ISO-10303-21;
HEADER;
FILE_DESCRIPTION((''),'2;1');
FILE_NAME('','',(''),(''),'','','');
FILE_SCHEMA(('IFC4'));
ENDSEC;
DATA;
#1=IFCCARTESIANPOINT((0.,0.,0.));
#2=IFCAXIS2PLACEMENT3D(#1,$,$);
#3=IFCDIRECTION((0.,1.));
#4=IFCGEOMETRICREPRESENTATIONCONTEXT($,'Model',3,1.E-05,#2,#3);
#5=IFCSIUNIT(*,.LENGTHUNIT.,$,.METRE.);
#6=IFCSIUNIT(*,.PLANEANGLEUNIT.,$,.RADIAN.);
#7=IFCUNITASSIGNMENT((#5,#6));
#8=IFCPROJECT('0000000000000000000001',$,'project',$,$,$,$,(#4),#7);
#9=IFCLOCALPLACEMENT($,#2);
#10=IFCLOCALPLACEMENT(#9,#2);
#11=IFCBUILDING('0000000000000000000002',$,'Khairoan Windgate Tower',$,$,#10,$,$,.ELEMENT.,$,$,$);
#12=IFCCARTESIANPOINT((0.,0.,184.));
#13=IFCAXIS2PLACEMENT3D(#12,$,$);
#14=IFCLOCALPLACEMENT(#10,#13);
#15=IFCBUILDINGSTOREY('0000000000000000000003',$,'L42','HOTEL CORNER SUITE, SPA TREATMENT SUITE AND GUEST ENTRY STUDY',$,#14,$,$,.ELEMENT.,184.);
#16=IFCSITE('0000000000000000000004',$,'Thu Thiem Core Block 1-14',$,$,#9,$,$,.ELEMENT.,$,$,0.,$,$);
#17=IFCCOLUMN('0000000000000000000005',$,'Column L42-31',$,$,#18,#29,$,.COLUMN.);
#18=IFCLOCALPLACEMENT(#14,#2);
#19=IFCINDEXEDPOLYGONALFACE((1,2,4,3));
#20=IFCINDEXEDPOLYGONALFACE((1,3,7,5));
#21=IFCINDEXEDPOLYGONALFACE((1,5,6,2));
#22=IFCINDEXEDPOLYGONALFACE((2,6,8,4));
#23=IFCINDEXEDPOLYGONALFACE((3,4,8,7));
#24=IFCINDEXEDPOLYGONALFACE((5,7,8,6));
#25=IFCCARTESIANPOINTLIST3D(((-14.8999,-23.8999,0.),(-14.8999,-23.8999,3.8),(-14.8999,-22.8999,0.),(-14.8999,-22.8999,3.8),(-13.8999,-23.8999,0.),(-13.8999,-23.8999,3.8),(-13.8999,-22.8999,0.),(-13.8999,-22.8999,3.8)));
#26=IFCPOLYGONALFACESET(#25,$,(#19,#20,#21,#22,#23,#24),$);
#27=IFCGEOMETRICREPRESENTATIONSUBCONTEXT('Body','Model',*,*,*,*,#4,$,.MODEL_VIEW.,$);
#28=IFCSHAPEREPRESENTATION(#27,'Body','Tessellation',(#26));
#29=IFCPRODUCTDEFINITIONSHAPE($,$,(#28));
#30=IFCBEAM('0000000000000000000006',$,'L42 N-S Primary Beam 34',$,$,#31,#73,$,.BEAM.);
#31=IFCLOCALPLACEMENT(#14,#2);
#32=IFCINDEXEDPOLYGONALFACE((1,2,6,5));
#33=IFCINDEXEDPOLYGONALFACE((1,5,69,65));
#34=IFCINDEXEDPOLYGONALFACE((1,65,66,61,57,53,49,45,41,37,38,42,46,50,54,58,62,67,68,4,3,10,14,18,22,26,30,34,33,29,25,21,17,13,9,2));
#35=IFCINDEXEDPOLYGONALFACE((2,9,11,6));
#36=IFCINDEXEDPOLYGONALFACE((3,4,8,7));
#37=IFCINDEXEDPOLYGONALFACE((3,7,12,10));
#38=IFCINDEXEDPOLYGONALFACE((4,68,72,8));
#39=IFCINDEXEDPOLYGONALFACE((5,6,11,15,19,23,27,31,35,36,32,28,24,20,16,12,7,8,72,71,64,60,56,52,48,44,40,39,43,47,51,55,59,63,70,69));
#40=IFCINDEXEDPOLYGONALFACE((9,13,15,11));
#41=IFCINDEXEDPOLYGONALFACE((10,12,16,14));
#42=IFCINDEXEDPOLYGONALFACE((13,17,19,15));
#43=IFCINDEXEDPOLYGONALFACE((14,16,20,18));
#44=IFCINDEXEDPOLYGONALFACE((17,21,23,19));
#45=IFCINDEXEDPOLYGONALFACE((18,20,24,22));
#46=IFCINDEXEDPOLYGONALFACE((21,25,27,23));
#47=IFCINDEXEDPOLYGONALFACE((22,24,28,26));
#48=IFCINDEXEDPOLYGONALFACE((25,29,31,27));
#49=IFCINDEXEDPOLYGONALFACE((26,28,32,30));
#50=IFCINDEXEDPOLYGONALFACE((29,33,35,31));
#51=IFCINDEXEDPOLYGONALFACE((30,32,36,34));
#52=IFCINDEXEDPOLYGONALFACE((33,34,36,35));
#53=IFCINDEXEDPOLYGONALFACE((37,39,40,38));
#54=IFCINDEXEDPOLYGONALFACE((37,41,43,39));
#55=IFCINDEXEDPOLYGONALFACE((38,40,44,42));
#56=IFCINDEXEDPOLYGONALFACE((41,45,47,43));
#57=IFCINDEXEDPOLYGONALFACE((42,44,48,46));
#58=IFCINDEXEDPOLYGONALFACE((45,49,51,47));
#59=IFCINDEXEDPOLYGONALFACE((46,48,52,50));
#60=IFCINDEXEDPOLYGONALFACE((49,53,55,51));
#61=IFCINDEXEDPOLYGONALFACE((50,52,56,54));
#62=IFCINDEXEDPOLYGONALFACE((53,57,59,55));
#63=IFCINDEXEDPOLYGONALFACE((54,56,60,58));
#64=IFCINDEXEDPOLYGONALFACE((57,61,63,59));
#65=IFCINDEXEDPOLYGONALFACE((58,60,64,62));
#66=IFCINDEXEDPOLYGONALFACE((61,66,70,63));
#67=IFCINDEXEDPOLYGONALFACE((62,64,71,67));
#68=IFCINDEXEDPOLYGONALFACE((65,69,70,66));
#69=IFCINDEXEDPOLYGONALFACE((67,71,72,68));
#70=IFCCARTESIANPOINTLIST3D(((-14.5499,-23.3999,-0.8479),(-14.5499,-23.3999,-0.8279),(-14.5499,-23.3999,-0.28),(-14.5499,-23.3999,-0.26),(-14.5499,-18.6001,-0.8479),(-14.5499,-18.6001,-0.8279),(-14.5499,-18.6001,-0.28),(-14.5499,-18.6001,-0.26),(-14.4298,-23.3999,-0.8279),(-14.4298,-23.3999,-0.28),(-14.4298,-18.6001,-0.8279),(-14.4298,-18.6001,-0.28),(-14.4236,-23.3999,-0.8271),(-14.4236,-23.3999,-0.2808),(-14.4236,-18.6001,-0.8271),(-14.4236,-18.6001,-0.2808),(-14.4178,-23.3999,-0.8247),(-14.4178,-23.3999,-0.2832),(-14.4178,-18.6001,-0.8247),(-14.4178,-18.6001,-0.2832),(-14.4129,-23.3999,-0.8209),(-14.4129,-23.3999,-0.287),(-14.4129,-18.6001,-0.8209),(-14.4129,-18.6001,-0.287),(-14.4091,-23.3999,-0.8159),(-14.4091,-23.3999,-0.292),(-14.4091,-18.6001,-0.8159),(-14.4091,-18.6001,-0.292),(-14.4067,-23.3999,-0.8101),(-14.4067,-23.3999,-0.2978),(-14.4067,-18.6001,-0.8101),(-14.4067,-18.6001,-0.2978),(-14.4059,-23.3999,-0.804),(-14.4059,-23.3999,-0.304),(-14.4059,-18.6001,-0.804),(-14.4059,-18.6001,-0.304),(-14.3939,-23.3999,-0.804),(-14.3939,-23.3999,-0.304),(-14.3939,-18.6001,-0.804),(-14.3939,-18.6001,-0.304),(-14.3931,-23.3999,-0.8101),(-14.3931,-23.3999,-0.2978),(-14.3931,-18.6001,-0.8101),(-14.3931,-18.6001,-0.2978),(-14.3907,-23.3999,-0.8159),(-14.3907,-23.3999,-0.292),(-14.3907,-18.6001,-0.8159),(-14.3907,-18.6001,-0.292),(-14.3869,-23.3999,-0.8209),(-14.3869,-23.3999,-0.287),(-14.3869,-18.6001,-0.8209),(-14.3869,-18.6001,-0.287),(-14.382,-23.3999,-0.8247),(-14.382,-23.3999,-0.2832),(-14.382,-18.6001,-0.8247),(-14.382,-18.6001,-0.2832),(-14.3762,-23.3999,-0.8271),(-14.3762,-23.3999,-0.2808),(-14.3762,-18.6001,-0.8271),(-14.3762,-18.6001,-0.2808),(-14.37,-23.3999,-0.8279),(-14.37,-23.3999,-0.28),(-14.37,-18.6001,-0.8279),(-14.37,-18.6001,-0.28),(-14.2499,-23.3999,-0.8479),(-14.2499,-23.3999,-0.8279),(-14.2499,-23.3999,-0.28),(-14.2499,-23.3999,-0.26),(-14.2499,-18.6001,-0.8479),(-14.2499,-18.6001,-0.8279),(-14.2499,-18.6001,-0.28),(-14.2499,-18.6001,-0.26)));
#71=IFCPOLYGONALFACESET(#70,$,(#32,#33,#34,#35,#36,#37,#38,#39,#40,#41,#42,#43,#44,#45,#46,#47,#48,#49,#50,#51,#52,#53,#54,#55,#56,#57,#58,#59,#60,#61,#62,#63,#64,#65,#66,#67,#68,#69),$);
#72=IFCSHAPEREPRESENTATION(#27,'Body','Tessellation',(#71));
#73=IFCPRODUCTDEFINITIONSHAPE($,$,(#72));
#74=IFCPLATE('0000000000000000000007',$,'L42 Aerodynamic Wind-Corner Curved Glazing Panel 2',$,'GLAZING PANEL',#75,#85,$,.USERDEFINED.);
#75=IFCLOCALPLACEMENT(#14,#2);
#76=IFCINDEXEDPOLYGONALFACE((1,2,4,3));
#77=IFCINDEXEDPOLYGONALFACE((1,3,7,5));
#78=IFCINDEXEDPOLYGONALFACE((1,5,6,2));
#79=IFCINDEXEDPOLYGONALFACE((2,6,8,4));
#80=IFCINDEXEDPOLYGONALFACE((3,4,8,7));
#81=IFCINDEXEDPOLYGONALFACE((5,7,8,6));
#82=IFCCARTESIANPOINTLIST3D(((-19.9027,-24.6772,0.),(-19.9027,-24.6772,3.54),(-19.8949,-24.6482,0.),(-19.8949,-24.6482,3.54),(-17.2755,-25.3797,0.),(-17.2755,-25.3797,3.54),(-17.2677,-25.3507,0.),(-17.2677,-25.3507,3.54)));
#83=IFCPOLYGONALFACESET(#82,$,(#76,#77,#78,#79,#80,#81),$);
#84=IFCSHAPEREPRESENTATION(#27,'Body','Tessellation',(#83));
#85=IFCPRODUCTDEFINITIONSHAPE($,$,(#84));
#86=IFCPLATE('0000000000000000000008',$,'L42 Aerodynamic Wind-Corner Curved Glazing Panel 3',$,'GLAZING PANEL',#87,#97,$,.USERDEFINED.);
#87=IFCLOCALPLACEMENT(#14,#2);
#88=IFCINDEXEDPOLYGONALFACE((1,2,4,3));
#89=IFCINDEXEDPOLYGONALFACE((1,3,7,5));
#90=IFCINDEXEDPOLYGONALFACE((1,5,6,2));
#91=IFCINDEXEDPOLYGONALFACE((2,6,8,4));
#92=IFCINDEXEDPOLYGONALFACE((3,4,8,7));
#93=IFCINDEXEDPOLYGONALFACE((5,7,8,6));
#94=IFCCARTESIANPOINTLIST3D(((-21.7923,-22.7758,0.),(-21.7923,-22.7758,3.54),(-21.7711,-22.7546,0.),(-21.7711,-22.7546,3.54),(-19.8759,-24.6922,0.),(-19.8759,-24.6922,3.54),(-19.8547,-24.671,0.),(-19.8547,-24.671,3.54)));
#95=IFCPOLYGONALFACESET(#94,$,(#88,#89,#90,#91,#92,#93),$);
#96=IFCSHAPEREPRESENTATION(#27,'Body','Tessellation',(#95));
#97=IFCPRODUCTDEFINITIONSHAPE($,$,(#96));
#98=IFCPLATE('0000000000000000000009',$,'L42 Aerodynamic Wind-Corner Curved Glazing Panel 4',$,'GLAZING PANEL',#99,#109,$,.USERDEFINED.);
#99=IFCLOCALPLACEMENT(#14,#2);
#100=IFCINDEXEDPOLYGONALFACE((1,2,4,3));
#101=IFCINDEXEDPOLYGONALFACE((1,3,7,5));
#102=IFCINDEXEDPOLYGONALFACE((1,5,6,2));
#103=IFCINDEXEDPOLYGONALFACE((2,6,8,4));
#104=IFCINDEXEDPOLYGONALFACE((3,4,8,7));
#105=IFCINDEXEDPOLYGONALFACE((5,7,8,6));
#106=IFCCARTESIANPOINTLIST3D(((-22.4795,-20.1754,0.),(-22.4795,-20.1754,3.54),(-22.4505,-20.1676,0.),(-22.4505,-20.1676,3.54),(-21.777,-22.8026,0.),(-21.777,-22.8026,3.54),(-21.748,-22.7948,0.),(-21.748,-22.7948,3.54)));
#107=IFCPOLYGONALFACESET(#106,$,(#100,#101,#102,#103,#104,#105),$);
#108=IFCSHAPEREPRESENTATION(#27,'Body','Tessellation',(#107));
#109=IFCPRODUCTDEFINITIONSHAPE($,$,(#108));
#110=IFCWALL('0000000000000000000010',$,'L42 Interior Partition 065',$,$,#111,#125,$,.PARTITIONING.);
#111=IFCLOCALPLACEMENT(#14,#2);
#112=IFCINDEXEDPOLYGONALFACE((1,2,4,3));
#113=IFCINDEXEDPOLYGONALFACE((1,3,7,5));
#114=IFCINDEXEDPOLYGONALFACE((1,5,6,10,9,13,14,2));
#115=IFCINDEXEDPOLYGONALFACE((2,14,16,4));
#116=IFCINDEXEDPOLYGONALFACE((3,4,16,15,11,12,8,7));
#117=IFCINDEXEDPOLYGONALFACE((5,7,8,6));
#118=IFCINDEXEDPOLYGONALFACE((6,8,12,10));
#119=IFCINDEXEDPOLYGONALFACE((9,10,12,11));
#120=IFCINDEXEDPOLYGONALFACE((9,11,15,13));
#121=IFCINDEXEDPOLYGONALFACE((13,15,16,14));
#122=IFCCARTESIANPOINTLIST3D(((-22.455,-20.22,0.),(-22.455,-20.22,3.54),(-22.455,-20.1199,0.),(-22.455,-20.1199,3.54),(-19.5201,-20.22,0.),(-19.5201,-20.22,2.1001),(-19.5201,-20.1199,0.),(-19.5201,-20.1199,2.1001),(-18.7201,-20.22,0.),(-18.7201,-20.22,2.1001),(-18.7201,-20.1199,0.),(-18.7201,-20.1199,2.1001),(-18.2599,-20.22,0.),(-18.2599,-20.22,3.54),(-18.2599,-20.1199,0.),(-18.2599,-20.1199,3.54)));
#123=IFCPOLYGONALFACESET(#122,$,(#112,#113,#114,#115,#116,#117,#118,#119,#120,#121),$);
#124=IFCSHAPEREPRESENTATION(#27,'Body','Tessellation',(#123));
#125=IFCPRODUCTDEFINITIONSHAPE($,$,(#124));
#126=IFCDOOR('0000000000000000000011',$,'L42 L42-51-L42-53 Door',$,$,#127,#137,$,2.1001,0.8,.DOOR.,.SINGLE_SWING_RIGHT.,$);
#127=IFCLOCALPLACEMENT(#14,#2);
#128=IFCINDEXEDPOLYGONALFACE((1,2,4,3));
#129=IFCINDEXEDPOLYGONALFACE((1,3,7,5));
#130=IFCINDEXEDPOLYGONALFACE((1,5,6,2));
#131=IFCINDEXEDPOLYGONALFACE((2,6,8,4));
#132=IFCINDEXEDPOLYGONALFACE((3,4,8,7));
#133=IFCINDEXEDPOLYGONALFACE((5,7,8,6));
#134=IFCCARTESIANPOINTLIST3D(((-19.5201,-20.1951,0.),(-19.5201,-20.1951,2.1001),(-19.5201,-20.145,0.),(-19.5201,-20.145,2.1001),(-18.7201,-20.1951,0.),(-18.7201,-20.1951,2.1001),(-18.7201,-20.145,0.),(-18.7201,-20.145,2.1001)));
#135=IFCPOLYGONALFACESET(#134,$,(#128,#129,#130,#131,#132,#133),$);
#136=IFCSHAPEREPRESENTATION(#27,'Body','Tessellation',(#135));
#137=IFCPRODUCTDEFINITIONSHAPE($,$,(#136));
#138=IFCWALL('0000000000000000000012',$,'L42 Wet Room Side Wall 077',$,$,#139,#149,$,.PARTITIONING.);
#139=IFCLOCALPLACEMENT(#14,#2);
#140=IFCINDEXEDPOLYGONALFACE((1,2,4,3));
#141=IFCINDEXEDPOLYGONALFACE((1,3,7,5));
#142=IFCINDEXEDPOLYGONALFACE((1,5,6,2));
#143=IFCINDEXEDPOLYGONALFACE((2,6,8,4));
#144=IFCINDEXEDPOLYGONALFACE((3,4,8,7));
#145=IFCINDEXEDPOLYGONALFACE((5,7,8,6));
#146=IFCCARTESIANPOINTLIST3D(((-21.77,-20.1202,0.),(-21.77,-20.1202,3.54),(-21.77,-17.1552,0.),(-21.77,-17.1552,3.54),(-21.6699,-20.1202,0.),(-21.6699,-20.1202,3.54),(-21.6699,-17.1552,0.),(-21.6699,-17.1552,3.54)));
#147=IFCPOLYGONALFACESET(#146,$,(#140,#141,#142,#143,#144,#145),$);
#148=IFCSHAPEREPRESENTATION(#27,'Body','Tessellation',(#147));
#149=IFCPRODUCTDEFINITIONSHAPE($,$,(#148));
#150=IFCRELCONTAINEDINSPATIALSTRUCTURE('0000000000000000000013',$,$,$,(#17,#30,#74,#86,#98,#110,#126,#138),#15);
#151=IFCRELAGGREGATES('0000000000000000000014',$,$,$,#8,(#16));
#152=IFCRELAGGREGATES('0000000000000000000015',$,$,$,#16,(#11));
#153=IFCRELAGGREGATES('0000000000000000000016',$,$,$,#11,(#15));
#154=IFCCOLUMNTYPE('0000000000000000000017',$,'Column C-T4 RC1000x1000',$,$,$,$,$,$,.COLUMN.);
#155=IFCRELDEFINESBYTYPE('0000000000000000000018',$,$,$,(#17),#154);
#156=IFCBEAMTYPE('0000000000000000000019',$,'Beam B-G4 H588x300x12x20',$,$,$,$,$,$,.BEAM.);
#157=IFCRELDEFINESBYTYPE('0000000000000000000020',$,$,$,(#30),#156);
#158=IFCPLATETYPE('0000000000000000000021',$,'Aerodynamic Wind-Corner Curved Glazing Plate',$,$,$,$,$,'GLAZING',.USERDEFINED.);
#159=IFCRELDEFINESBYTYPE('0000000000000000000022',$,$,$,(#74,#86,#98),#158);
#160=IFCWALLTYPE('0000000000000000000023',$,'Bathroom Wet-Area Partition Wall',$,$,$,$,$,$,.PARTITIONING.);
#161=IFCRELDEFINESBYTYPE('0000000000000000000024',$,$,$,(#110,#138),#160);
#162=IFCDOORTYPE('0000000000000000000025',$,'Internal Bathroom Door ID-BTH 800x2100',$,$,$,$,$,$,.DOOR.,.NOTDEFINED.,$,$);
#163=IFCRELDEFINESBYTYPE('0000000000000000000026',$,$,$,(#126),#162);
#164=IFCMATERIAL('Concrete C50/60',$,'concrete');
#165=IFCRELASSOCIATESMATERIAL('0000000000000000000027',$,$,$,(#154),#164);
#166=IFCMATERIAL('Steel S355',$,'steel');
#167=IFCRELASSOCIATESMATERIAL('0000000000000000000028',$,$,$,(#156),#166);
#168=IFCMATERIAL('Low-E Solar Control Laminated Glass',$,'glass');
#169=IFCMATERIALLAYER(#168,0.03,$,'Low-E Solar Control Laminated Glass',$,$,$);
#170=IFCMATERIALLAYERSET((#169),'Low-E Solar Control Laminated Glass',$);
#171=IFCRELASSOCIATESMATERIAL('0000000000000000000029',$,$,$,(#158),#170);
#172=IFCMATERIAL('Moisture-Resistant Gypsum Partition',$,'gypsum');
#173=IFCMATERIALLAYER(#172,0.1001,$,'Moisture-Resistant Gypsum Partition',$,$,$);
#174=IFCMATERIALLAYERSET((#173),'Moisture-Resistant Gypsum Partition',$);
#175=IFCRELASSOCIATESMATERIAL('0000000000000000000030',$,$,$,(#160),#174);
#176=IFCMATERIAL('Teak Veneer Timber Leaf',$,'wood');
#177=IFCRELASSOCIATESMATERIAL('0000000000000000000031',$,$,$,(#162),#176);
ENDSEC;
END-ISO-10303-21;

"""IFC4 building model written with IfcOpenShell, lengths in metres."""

from ifc_helpers import new_model, si_unit, direction, frame, frame_2d, origin, origin_2d, place, context, subcontext, project, spatial, rectangle, i_section, extrude, material, layer, layer_set, material_profile, profile_set, type_object, element, fill, save


model = new_model("IFC4")

# Units and contexts
model_context = context("Model", 3, precision=1e-05, world=origin(), true_north=direction((0.0, 1.0)))
body_context = subcontext(model_context, "Body", "Model", "MODEL_VIEW")
ifc_project = project(units=[si_unit("LENGTHUNIT", "METRE"), si_unit("PLANEANGLEUNIT", "RADIAN")], contexts=[model_context])

# Site, building, storey
site_placement = place(None, origin())
site = spatial("IfcSite", under=ifc_project, at=site_placement, Name="Thu Thiem Core Block 1-14", CompositionType="ELEMENT", RefElevation=0.0)
building_placement = place(site_placement, origin())
building = spatial("IfcBuilding", under=site, at=building_placement, Name="Khairoan Windgate Tower", CompositionType="ELEMENT")
storey_placement = place(building_placement, frame((0.0, 0.0, 184.0)))
storey = spatial("IfcBuildingStorey", under=building, at=storey_placement, Name="L42", Description="HOTEL CORNER SUITE, SPA TREATMENT SUITE AND GUEST ENTRY STUDY", CompositionType="ELEMENT", Elevation=184.0)

# Column
ifc_material_1 = material(Name="Concrete C50/60", Category="concrete")
ifc_material_profile_1 = material_profile(ifc_material_1, rectangle(XDim=1.0, YDim=1.0, at=origin_2d()))
ifc_profile_set_1 = profile_set([ifc_material_profile_1], Name="Concrete C50/60")
column_type = type_object("IfcColumnType", Name="Column C-T4 RC1000x1000", PredefinedType="COLUMN", material=ifc_profile_set_1)
column_placement = place(storey_placement, frame((-14.3999, -23.3999, 0.0), z_axis=(0.0, 0.0, 1.0), x_axis=(1.0, 0.0, 0.0)))
element("IfcColumn", 1, at=column_placement, inside=storey, type_object=column_type, Name="Column L42-31", PredefinedType="COLUMN", context=body_context, shape_type="SweptSolid", body=[
    extrude(rectangle(XDim=1.0, YDim=1.0, at=origin_2d()), origin(), (0.0, 0.0, 1.0), 3.8),
])

# Beam
ifc_material_2 = material(Name="Steel S355", Category="steel")
ifc_material_profile_2 = material_profile(ifc_material_2, i_section(OverallWidth=0.3, OverallDepth=0.5879, WebThickness=0.012, FlangeThickness=0.02, FilletRadius=0.0239, at=origin_2d()))
ifc_profile_set_2 = profile_set([ifc_material_profile_2], Name="Steel S355")
beam_type = type_object("IfcBeamType", Name="Beam B-G4 H588x300x12x20", PredefinedType="BEAM", material=ifc_profile_set_2)
beam_placement = place(storey_placement, frame((-14.3999, -23.3999, -0.554), z_axis=(0.0, 1.0, 0.0), x_axis=(-1.0, 0.0, 0.0)))
element("IfcBeam", 2, at=beam_placement, inside=storey, type_object=beam_type, Name="L42 N-S Primary Beam 34", PredefinedType="BEAM", context=body_context, shape_type="SweptSolid", body=[
    extrude(i_section(OverallWidth=0.3, OverallDepth=0.5879, WebThickness=0.012, FlangeThickness=0.02, FilletRadius=0.0239, at=origin_2d()), origin(), (0.0, 0.0, 1.0), 4.7998),
])

# Plates
ifc_material_3 = material(Name="Low-E Solar Control Laminated Glass", Category="glass")
ifc_layer_1 = layer(ifc_material_3, 0.03, Name="Low-E Solar Control Laminated Glass")
ifc_layer_set_1 = layer_set([ifc_layer_1], Name="Low-E Solar Control Laminated Glass")
plate_type_1 = type_object("IfcPlateType", Name="Aerodynamic Wind-Corner Curved Glazing Plate", ElementType="GLAZING", PredefinedType="USERDEFINED", material=ifc_layer_set_1)
plate_1_placement = place(storey_placement, frame((-18.5852, -25.0139, 0.0), z_axis=(0.0, 0.0, 1.0), x_axis=(-0.966061, 0.258313, 0.0)))
element("IfcPlate", 3, at=plate_1_placement, inside=storey, type_object=plate_type_1, Name="L42 Aerodynamic Wind-Corner Curved Glazing Panel 2", ObjectType="GLAZING PANEL", PredefinedType="USERDEFINED", context=body_context, shape_type="SweptSolid", body=[
    extrude(rectangle(XDim=2.7195, YDim=0.03, at=origin_2d()), origin(), (0.0, 0.0, 1.0), 3.54),
])
plate_2_placement = place(storey_placement, frame((-20.8235, -23.7234, 0.0), z_axis=(0.0, 0.0, 1.0), x_axis=(-0.707107, 0.707107, 0.0)))
element("IfcPlate", 4, at=plate_2_placement, inside=storey, type_object=plate_type_1, Name="L42 Aerodynamic Wind-Corner Curved Glazing Panel 3", ObjectType="GLAZING PANEL", PredefinedType="USERDEFINED", context=body_context, shape_type="SweptSolid", body=[
    extrude(rectangle(XDim=2.7102, YDim=0.03, at=origin_2d()), origin(), (0.0, 0.0, 1.0), 3.54),
])
plate_3_placement = place(storey_placement, frame((-22.1138, -21.4851, 0.0), z_axis=(0.0, 0.0, 1.0), x_axis=(-0.258313, 0.966061, 0.0)))
element("IfcPlate", 5, at=plate_3_placement, inside=storey, type_object=plate_type_1, Name="L42 Aerodynamic Wind-Corner Curved Glazing Panel 4", ObjectType="GLAZING PANEL", PredefinedType="USERDEFINED", context=body_context, shape_type="SweptSolid", body=[
    extrude(rectangle(XDim=2.7195, YDim=0.03, at=origin_2d()), origin(), (0.0, 0.0, 1.0), 3.54),
])

# Wall, opening, door
ifc_material_4 = material(Name="Moisture-Resistant Gypsum Partition", Category="gypsum")
ifc_layer_2 = layer(ifc_material_4, 0.1001, Name="Moisture-Resistant Gypsum Partition")
ifc_layer_set_2 = layer_set([ifc_layer_2], Name="Moisture-Resistant Gypsum Partition")
wall_type_1 = type_object("IfcWallType", Name="Bathroom Wet-Area Partition Wall", PredefinedType="PARTITIONING", material=ifc_layer_set_2)
wall_1_placement = place(storey_placement, frame((-22.4551, -20.1699, 0.0), z_axis=(0.0, 0.0, 1.0), x_axis=(1.0, 0.0, 0.0)))
wall_1 = element("IfcWall", 6, at=wall_1_placement, inside=storey, type_object=wall_type_1, Name="L42 Interior Partition 065", PredefinedType="PARTITIONING", context=body_context, shape_type="SweptSolid", body=[
    extrude(rectangle(XDim=4.1951, YDim=0.1001, at=frame_2d((2.0977, 0.0))), origin(), (0.0, 0.0, 1.0), 3.54),
])
opening_1_placement = place(wall_1_placement, frame((2.9351, 0.0, 0.0)))
opening_1 = element("IfcOpeningElement", 7, at=opening_1_placement, cuts=wall_1, PredefinedType="OPENING", context=body_context, shape_type="SweptSolid", body=[
    extrude(rectangle(XDim=0.8, YDim=2.1001, at=frame_2d((0.3999, 1.05))), frame((0.0, 0.0601, 0.0), z_axis=(0.0, -1.0, 0.0), x_axis=(1.0, 0.0, 0.0)), (0.0, 0.0, 1.0), 0.1201),
])
ifc_material_5 = material(Name="Teak Veneer Timber Leaf", Category="wood")
door_type_1 = type_object("IfcDoorType", Name="Internal Bathroom Door ID-BTH 800x2100", OperationType="NOTDEFINED", PredefinedType="DOOR", material=ifc_material_5)
door_1_placement = place(opening_1_placement, origin())
door_1 = element("IfcDoor", 8, at=door_1_placement, inside=storey, type_object=door_type_1, Name="L42 L42-51-L42-53 Door", OperationType="SINGLE_SWING_RIGHT", OverallHeight=2.1001, OverallWidth=0.8, PredefinedType="DOOR", context=body_context, shape_type="SweptSolid", body=[
    extrude(rectangle(XDim=0.8, YDim=2.1001, at=frame_2d((0.3999, 1.05))), frame((0.0, 0.0249, 0.0), z_axis=(0.0, -1.0, 0.0), x_axis=(1.0, 0.0, 0.0)), (0.0, 0.0, 1.0), 0.05),
])
fill(opening_1, door_1)

# Wall
wall_2_placement = place(storey_placement, frame((-21.72, -20.1201, 0.0), z_axis=(0.0, 0.0, 1.0), x_axis=(0.0, 1.0, 0.0)))
element("IfcWall", 9, at=wall_2_placement, inside=storey, type_object=wall_type_1, Name="L42 Wet Room Side Wall 077", PredefinedType="PARTITIONING", context=body_context, shape_type="SweptSolid", body=[
    extrude(rectangle(XDim=2.9651, YDim=0.1001, at=frame_2d((1.4824, 0.0))), origin(), (0.0, 0.0, 1.0), 3.54),
])

save(model, "model.ifc")
